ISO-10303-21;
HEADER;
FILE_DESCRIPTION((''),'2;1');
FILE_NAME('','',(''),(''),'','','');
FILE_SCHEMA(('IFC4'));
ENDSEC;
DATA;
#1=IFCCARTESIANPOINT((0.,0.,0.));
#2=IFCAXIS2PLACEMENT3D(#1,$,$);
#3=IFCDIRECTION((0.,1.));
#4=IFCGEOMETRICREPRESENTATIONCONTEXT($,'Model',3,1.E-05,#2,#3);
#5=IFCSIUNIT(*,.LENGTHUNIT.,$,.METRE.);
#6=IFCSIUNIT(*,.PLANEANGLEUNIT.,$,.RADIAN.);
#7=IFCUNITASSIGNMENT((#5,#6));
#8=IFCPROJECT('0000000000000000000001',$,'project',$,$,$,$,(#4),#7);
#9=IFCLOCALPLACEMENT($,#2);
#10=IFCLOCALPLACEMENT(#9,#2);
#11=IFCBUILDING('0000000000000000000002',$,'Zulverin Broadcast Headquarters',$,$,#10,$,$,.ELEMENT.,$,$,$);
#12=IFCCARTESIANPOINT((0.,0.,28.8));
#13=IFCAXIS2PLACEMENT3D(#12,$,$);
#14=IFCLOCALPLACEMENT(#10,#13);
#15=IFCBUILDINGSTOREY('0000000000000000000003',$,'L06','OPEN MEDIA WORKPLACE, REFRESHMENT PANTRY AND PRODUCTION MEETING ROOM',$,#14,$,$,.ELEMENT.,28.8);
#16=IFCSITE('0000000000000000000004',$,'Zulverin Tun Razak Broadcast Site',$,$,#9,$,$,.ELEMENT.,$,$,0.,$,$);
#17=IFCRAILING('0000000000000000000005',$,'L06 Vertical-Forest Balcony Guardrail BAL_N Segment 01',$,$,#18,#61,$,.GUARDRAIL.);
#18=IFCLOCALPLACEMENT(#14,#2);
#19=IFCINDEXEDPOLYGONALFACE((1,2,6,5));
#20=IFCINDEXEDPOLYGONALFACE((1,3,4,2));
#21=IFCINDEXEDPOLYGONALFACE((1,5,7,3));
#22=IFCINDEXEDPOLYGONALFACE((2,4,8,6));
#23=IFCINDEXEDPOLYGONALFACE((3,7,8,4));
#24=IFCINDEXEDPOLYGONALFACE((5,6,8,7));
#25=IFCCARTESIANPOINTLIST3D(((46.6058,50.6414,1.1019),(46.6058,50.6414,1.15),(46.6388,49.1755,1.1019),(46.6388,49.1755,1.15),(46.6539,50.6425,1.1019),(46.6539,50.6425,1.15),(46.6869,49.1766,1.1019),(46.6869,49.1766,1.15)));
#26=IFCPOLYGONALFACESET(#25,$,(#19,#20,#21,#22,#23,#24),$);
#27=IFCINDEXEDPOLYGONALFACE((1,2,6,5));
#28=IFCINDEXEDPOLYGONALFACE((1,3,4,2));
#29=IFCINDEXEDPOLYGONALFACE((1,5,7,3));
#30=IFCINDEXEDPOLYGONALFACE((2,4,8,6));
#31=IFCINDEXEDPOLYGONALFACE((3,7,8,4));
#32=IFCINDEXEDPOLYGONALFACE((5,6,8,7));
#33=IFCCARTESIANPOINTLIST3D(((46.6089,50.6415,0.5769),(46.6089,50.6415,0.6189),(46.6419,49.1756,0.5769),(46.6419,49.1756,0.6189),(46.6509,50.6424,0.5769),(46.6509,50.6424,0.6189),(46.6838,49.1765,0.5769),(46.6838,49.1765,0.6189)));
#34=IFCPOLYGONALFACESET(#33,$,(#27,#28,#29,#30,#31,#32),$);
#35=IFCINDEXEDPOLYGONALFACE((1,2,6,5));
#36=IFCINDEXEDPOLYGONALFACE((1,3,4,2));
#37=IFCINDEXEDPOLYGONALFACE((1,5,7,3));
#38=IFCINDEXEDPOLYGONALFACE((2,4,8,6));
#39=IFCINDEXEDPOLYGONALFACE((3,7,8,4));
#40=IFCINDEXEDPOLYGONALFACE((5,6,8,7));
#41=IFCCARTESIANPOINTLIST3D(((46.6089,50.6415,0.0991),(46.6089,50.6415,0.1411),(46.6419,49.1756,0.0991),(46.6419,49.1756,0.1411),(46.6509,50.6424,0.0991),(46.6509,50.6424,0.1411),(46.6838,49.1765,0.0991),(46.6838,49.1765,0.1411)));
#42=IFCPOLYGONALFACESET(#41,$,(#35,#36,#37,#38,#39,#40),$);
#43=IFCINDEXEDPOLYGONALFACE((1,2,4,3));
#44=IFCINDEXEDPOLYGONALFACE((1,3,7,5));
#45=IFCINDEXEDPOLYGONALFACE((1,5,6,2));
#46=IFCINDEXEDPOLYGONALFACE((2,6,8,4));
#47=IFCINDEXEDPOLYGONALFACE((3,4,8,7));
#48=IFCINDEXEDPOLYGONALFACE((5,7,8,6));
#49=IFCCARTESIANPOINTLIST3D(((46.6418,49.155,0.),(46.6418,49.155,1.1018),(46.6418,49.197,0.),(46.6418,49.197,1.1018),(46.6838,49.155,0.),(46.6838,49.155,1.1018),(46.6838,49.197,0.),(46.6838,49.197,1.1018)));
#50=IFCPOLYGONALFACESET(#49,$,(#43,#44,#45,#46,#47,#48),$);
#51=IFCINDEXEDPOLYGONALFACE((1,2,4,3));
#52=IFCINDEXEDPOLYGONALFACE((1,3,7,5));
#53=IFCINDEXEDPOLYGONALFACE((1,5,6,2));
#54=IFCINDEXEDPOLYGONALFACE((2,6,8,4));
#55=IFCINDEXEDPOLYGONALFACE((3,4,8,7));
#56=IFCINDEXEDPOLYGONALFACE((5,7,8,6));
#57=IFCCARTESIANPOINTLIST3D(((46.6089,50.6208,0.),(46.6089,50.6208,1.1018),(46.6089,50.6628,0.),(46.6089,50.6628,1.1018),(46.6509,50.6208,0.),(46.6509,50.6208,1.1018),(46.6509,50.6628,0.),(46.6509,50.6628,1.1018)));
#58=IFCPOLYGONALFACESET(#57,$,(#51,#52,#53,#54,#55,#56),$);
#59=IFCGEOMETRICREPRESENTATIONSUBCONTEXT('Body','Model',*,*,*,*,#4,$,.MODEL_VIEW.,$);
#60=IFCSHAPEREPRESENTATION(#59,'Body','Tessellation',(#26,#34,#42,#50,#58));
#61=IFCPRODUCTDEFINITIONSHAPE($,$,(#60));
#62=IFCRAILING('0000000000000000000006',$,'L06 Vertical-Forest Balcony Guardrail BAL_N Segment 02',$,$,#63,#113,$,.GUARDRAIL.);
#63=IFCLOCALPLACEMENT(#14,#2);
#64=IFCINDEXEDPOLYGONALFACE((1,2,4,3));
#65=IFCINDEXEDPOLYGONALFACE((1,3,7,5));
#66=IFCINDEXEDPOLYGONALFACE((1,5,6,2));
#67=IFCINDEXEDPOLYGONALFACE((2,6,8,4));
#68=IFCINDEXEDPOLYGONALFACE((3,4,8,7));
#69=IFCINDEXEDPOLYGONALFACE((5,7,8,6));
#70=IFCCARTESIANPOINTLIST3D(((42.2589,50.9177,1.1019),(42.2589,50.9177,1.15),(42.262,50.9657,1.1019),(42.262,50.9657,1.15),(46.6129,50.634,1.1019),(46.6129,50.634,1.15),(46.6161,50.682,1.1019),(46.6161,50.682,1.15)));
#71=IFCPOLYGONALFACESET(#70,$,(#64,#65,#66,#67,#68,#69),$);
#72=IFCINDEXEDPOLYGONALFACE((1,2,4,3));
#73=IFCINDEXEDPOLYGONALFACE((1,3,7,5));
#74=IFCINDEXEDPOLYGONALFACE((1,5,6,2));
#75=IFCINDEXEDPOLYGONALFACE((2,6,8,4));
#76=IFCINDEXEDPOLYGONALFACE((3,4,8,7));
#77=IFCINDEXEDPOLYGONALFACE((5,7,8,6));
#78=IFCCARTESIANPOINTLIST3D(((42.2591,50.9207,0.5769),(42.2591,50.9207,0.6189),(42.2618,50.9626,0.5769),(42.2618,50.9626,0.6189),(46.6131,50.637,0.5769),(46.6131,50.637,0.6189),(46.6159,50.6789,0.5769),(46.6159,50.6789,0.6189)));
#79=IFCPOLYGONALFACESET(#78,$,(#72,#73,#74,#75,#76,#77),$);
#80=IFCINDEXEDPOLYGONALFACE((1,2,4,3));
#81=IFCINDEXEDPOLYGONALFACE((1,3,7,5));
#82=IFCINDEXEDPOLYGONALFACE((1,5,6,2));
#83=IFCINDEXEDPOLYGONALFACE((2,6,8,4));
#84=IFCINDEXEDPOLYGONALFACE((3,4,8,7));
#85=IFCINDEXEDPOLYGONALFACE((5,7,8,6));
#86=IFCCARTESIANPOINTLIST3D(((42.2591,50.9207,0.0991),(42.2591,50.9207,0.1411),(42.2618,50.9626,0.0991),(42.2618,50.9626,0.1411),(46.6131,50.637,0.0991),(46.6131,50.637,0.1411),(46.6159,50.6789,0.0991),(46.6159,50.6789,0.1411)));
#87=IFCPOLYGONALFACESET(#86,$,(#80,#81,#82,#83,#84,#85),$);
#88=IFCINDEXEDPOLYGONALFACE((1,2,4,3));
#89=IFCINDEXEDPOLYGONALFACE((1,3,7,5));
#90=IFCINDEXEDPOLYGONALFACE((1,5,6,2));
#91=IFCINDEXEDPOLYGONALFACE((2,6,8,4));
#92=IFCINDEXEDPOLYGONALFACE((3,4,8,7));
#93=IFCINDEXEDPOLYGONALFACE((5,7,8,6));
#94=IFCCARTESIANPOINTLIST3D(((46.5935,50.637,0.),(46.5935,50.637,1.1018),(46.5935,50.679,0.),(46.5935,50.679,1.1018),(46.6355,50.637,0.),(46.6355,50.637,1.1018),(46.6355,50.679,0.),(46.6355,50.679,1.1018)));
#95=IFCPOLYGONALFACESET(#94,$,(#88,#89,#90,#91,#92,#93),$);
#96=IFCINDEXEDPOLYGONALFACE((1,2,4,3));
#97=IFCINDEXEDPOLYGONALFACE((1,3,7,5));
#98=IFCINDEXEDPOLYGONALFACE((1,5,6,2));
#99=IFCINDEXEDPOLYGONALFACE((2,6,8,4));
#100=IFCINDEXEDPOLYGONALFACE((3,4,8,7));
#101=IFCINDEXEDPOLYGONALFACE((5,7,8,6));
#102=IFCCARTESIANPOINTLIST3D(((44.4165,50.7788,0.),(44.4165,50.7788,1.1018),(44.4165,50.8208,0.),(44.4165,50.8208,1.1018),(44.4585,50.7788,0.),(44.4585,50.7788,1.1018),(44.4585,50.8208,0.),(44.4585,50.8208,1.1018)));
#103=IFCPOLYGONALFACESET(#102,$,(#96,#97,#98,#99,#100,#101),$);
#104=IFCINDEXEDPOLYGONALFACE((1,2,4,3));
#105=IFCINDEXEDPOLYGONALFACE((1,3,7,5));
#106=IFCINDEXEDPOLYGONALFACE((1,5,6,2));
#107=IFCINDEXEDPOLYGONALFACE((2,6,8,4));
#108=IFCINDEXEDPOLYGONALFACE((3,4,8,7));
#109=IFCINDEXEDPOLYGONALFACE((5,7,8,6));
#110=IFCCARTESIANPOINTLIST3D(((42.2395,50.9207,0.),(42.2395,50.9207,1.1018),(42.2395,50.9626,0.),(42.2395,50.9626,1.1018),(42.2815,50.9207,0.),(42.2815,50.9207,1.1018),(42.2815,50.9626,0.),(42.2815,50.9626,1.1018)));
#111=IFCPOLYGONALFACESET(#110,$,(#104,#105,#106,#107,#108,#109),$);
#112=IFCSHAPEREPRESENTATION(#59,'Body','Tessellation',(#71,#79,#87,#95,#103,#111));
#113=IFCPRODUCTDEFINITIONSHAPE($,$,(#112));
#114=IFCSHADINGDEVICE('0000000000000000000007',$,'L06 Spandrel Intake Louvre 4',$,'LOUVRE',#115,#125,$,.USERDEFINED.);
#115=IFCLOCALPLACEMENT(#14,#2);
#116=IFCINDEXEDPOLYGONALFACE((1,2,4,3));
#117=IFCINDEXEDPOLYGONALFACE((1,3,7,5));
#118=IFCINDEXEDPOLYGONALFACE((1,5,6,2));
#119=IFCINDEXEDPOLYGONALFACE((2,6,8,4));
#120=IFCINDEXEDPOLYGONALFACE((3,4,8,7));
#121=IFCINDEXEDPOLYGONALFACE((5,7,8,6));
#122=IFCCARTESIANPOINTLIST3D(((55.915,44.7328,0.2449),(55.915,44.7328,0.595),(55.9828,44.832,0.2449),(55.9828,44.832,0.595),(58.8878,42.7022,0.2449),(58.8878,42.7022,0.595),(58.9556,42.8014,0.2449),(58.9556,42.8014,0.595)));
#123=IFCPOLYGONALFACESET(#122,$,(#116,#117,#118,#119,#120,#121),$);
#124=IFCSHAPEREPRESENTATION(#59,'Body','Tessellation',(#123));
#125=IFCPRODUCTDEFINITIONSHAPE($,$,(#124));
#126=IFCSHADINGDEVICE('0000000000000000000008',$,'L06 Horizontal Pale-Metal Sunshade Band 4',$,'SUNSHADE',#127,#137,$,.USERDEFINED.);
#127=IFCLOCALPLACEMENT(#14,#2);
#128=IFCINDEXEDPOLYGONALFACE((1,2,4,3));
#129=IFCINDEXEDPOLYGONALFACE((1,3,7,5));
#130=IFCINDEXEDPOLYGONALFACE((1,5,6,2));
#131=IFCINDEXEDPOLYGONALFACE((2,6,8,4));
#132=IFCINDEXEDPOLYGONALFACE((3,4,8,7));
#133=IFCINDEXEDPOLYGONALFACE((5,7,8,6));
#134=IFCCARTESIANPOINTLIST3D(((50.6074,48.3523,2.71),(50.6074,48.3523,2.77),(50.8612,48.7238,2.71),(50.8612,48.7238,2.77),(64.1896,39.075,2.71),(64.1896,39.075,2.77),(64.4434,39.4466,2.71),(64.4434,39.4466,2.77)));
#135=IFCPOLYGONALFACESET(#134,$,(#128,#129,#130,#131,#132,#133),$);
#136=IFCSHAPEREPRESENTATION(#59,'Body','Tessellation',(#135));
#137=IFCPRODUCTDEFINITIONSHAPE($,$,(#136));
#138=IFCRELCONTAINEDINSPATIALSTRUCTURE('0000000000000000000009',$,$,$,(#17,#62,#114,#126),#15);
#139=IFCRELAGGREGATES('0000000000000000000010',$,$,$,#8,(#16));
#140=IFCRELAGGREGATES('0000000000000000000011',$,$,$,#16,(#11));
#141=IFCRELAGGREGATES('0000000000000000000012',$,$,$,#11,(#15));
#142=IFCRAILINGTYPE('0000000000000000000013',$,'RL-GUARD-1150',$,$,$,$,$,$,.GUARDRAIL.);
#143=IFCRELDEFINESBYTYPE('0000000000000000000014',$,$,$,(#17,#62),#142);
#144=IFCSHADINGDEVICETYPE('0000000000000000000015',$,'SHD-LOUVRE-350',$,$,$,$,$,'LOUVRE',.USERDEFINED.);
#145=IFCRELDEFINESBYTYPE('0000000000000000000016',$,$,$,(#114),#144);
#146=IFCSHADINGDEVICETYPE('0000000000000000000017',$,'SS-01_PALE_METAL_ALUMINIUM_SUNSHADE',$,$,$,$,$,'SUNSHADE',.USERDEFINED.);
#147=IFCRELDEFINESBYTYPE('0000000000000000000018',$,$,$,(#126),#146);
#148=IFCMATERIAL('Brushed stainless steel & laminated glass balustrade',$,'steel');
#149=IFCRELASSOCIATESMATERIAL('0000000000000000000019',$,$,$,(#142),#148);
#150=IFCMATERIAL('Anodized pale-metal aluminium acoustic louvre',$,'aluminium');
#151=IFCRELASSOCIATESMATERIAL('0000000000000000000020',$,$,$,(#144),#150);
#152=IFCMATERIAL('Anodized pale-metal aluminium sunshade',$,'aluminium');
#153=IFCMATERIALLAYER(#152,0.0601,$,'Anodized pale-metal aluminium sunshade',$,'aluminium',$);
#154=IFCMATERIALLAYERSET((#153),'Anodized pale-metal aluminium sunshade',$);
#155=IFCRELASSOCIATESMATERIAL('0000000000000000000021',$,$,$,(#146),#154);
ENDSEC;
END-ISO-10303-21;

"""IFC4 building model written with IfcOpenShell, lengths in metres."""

from ifc_helpers import new_model, si_unit, direction, frame, origin, origin_2d, place, context, subcontext, project, spatial, rectangle, extrude, material, layer, layer_set, type_object, element, save


model = new_model("IFC4")

# Units and contexts
model_context = context("Model", 3, precision=1e-05, world=origin(), true_north=direction((0.0, 1.0)))
body_context = subcontext(model_context, "Body", "Model", "MODEL_VIEW")
ifc_project = project(units=[si_unit("LENGTHUNIT", "METRE"), si_unit("PLANEANGLEUNIT", "RADIAN")], contexts=[model_context])

# Site, building, storey
site_placement = place(None, origin())
site = spatial("IfcSite", under=ifc_project, at=site_placement, Name="Zulverin Tun Razak Broadcast Site", CompositionType="ELEMENT", RefElevation=0.0)
building_placement = place(site_placement, origin())
building = spatial("IfcBuilding", under=site, at=building_placement, Name="Zulverin Broadcast Headquarters", CompositionType="ELEMENT")
storey_placement = place(building_placement, frame((0.0, 0.0, 28.8)))
storey = spatial("IfcBuildingStorey", under=building, at=storey_placement, Name="L06", Description="OPEN MEDIA WORKPLACE, REFRESHMENT PANTRY AND PRODUCTION MEETING ROOM", CompositionType="ELEMENT", Elevation=28.8)

# Railings
ifc_material_1 = material(Name="Brushed stainless steel & laminated glass balustrade", Category="steel")
railing_type = type_object("IfcRailingType", Name="RL-GUARD-1150", PredefinedType="GUARDRAIL", material=ifc_material_1)
railing_1_placement = place(storey_placement, frame((46.6628, 49.176, 0.0)))
element("IfcRailing", 1, at=railing_1_placement, inside=storey, type_object=railing_type, Name="L06 Vertical-Forest Balcony Guardrail BAL_N Segment 01", PredefinedType="GUARDRAIL", context=body_context, shape_type="SweptSolid", body=[
    extrude(rectangle(XDim=0.0481, YDim=0.0481, at=origin_2d()), frame((0.0, 0.0, 1.126), z_axis=(-0.022479, 0.999747, 0.0), x_axis=(-0.999747, -0.022479, 0.0)), (0.0, 0.0, 1.0), 1.4663),
    extrude(rectangle(XDim=0.042, YDim=0.042, at=origin_2d()), frame((0.0, 0.0, 0.5979), z_axis=(-0.022479, 0.999747, 0.0), x_axis=(-0.999747, -0.022479, 0.0)), (0.0, 0.0, 1.0), 1.4663),
    extrude(rectangle(XDim=0.042, YDim=0.042, at=origin_2d()), frame((0.0, 0.0, 0.1201), z_axis=(-0.022479, 0.999747, 0.0), x_axis=(-0.999747, -0.022479, 0.0)), (0.0, 0.0, 1.0), 1.4663),
    extrude(rectangle(XDim=0.042, YDim=0.042, at=origin_2d()), origin(), (0.0, 0.0, 1.0), 1.1018),
    extrude(rectangle(XDim=0.042, YDim=0.042, at=origin_2d()), frame((-0.033, 1.4658, 0.0)), (0.0, 0.0, 1.0), 1.1018),
])
railing_2_placement = place(storey_placement, frame((46.6145, 50.658, 0.0)))
element("IfcRailing", 2, at=railing_2_placement, inside=storey, type_object=railing_type, Name="L06 Vertical-Forest Balcony Guardrail BAL_N Segment 02", PredefinedType="GUARDRAIL", context=body_context, shape_type="SweptSolid", body=[
    extrude(rectangle(XDim=0.0481, YDim=0.0481, at=origin_2d()), frame((0.0, 0.0, 1.126), z_axis=(-0.997884, 0.065019, 0.0), x_axis=(-0.065019, -0.997884, 0.0)), (0.0, 0.0, 1.0), 4.3633),
    extrude(rectangle(XDim=0.042, YDim=0.042, at=origin_2d()), frame((0.0, 0.0, 0.5979), z_axis=(-0.997884, 0.065019, 0.0), x_axis=(-0.065019, -0.997884, 0.0)), (0.0, 0.0, 1.0), 4.3633),
    extrude(rectangle(XDim=0.042, YDim=0.042, at=origin_2d()), frame((0.0, 0.0, 0.1201), z_axis=(-0.997884, 0.065019, 0.0), x_axis=(-0.065019, -0.997884, 0.0)), (0.0, 0.0, 1.0), 4.3633),
    extrude(rectangle(XDim=0.042, YDim=0.042, at=origin_2d()), origin(), (0.0, 0.0, 1.0), 1.1018),
    extrude(rectangle(XDim=0.042, YDim=0.042, at=origin_2d()), frame((-2.177, 0.1418, 0.0)), (0.0, 0.0, 1.0), 1.1018),
    extrude(rectangle(XDim=0.042, YDim=0.042, at=origin_2d()), frame((-4.354, 0.2837, 0.0)), (0.0, 0.0, 1.0), 1.1018),
])

# Shading devices
ifc_material_2 = material(Name="Anodized pale-metal aluminium acoustic louvre", Category="aluminium")
shading_device_type_1 = type_object("IfcShadingDeviceType", Name="SHD-LOUVRE-350", ElementType="LOUVRE", PredefinedType="USERDEFINED", material=ifc_material_2)
shading_device_1_placement = place(storey_placement, frame((57.4353, 43.7671, 0.2449), z_axis=(0.0, 0.0, 1.0), x_axis=(-0.825757, 0.564026, 0.0)))
element("IfcShadingDevice", 3, at=shading_device_1_placement, inside=storey, type_object=shading_device_type_1, Name="L06 Spandrel Intake Louvre 4", ObjectType="LOUVRE", PredefinedType="USERDEFINED", context=body_context, shape_type="SweptSolid", body=[
    extrude(rectangle(XDim=3.6001, YDim=0.1201, at=origin_2d()), origin(), (0.0, 0.0, 1.0), 0.3501),
])
ifc_material_3 = material(Name="Anodized pale-metal aluminium sunshade", Category="aluminium")
ifc_layer_1 = layer(ifc_material_3, 0.0601, Name="Anodized pale-metal aluminium sunshade", Category="aluminium")
ifc_layer_set_1 = layer_set([ifc_layer_1], Name="Anodized pale-metal aluminium sunshade")
shading_device_type_2 = type_object("IfcShadingDeviceType", Name="SS-01_PALE_METAL_ALUMINIUM_SUNSHADE", ElementType="SUNSHADE", PredefinedType="USERDEFINED", material=ifc_layer_set_1)
shading_device_2_placement = place(storey_placement, frame((57.5254, 43.8994, 2.71), z_axis=(0.0, 0.0, 1.0), x_axis=(-0.825757, 0.564026, 0.0)))
element("IfcShadingDevice", 4, at=shading_device_2_placement, inside=storey, type_object=shading_device_type_2, Name="L06 Horizontal Pale-Metal Sunshade Band 4", ObjectType="SUNSHADE", PredefinedType="USERDEFINED", context=body_context, shape_type="SweptSolid", body=[
    extrude(rectangle(XDim=16.4482, YDim=0.45, at=origin_2d()), origin(), (0.0, 0.0, 1.0), 0.0601),
])

save(model, "model.ifc")
